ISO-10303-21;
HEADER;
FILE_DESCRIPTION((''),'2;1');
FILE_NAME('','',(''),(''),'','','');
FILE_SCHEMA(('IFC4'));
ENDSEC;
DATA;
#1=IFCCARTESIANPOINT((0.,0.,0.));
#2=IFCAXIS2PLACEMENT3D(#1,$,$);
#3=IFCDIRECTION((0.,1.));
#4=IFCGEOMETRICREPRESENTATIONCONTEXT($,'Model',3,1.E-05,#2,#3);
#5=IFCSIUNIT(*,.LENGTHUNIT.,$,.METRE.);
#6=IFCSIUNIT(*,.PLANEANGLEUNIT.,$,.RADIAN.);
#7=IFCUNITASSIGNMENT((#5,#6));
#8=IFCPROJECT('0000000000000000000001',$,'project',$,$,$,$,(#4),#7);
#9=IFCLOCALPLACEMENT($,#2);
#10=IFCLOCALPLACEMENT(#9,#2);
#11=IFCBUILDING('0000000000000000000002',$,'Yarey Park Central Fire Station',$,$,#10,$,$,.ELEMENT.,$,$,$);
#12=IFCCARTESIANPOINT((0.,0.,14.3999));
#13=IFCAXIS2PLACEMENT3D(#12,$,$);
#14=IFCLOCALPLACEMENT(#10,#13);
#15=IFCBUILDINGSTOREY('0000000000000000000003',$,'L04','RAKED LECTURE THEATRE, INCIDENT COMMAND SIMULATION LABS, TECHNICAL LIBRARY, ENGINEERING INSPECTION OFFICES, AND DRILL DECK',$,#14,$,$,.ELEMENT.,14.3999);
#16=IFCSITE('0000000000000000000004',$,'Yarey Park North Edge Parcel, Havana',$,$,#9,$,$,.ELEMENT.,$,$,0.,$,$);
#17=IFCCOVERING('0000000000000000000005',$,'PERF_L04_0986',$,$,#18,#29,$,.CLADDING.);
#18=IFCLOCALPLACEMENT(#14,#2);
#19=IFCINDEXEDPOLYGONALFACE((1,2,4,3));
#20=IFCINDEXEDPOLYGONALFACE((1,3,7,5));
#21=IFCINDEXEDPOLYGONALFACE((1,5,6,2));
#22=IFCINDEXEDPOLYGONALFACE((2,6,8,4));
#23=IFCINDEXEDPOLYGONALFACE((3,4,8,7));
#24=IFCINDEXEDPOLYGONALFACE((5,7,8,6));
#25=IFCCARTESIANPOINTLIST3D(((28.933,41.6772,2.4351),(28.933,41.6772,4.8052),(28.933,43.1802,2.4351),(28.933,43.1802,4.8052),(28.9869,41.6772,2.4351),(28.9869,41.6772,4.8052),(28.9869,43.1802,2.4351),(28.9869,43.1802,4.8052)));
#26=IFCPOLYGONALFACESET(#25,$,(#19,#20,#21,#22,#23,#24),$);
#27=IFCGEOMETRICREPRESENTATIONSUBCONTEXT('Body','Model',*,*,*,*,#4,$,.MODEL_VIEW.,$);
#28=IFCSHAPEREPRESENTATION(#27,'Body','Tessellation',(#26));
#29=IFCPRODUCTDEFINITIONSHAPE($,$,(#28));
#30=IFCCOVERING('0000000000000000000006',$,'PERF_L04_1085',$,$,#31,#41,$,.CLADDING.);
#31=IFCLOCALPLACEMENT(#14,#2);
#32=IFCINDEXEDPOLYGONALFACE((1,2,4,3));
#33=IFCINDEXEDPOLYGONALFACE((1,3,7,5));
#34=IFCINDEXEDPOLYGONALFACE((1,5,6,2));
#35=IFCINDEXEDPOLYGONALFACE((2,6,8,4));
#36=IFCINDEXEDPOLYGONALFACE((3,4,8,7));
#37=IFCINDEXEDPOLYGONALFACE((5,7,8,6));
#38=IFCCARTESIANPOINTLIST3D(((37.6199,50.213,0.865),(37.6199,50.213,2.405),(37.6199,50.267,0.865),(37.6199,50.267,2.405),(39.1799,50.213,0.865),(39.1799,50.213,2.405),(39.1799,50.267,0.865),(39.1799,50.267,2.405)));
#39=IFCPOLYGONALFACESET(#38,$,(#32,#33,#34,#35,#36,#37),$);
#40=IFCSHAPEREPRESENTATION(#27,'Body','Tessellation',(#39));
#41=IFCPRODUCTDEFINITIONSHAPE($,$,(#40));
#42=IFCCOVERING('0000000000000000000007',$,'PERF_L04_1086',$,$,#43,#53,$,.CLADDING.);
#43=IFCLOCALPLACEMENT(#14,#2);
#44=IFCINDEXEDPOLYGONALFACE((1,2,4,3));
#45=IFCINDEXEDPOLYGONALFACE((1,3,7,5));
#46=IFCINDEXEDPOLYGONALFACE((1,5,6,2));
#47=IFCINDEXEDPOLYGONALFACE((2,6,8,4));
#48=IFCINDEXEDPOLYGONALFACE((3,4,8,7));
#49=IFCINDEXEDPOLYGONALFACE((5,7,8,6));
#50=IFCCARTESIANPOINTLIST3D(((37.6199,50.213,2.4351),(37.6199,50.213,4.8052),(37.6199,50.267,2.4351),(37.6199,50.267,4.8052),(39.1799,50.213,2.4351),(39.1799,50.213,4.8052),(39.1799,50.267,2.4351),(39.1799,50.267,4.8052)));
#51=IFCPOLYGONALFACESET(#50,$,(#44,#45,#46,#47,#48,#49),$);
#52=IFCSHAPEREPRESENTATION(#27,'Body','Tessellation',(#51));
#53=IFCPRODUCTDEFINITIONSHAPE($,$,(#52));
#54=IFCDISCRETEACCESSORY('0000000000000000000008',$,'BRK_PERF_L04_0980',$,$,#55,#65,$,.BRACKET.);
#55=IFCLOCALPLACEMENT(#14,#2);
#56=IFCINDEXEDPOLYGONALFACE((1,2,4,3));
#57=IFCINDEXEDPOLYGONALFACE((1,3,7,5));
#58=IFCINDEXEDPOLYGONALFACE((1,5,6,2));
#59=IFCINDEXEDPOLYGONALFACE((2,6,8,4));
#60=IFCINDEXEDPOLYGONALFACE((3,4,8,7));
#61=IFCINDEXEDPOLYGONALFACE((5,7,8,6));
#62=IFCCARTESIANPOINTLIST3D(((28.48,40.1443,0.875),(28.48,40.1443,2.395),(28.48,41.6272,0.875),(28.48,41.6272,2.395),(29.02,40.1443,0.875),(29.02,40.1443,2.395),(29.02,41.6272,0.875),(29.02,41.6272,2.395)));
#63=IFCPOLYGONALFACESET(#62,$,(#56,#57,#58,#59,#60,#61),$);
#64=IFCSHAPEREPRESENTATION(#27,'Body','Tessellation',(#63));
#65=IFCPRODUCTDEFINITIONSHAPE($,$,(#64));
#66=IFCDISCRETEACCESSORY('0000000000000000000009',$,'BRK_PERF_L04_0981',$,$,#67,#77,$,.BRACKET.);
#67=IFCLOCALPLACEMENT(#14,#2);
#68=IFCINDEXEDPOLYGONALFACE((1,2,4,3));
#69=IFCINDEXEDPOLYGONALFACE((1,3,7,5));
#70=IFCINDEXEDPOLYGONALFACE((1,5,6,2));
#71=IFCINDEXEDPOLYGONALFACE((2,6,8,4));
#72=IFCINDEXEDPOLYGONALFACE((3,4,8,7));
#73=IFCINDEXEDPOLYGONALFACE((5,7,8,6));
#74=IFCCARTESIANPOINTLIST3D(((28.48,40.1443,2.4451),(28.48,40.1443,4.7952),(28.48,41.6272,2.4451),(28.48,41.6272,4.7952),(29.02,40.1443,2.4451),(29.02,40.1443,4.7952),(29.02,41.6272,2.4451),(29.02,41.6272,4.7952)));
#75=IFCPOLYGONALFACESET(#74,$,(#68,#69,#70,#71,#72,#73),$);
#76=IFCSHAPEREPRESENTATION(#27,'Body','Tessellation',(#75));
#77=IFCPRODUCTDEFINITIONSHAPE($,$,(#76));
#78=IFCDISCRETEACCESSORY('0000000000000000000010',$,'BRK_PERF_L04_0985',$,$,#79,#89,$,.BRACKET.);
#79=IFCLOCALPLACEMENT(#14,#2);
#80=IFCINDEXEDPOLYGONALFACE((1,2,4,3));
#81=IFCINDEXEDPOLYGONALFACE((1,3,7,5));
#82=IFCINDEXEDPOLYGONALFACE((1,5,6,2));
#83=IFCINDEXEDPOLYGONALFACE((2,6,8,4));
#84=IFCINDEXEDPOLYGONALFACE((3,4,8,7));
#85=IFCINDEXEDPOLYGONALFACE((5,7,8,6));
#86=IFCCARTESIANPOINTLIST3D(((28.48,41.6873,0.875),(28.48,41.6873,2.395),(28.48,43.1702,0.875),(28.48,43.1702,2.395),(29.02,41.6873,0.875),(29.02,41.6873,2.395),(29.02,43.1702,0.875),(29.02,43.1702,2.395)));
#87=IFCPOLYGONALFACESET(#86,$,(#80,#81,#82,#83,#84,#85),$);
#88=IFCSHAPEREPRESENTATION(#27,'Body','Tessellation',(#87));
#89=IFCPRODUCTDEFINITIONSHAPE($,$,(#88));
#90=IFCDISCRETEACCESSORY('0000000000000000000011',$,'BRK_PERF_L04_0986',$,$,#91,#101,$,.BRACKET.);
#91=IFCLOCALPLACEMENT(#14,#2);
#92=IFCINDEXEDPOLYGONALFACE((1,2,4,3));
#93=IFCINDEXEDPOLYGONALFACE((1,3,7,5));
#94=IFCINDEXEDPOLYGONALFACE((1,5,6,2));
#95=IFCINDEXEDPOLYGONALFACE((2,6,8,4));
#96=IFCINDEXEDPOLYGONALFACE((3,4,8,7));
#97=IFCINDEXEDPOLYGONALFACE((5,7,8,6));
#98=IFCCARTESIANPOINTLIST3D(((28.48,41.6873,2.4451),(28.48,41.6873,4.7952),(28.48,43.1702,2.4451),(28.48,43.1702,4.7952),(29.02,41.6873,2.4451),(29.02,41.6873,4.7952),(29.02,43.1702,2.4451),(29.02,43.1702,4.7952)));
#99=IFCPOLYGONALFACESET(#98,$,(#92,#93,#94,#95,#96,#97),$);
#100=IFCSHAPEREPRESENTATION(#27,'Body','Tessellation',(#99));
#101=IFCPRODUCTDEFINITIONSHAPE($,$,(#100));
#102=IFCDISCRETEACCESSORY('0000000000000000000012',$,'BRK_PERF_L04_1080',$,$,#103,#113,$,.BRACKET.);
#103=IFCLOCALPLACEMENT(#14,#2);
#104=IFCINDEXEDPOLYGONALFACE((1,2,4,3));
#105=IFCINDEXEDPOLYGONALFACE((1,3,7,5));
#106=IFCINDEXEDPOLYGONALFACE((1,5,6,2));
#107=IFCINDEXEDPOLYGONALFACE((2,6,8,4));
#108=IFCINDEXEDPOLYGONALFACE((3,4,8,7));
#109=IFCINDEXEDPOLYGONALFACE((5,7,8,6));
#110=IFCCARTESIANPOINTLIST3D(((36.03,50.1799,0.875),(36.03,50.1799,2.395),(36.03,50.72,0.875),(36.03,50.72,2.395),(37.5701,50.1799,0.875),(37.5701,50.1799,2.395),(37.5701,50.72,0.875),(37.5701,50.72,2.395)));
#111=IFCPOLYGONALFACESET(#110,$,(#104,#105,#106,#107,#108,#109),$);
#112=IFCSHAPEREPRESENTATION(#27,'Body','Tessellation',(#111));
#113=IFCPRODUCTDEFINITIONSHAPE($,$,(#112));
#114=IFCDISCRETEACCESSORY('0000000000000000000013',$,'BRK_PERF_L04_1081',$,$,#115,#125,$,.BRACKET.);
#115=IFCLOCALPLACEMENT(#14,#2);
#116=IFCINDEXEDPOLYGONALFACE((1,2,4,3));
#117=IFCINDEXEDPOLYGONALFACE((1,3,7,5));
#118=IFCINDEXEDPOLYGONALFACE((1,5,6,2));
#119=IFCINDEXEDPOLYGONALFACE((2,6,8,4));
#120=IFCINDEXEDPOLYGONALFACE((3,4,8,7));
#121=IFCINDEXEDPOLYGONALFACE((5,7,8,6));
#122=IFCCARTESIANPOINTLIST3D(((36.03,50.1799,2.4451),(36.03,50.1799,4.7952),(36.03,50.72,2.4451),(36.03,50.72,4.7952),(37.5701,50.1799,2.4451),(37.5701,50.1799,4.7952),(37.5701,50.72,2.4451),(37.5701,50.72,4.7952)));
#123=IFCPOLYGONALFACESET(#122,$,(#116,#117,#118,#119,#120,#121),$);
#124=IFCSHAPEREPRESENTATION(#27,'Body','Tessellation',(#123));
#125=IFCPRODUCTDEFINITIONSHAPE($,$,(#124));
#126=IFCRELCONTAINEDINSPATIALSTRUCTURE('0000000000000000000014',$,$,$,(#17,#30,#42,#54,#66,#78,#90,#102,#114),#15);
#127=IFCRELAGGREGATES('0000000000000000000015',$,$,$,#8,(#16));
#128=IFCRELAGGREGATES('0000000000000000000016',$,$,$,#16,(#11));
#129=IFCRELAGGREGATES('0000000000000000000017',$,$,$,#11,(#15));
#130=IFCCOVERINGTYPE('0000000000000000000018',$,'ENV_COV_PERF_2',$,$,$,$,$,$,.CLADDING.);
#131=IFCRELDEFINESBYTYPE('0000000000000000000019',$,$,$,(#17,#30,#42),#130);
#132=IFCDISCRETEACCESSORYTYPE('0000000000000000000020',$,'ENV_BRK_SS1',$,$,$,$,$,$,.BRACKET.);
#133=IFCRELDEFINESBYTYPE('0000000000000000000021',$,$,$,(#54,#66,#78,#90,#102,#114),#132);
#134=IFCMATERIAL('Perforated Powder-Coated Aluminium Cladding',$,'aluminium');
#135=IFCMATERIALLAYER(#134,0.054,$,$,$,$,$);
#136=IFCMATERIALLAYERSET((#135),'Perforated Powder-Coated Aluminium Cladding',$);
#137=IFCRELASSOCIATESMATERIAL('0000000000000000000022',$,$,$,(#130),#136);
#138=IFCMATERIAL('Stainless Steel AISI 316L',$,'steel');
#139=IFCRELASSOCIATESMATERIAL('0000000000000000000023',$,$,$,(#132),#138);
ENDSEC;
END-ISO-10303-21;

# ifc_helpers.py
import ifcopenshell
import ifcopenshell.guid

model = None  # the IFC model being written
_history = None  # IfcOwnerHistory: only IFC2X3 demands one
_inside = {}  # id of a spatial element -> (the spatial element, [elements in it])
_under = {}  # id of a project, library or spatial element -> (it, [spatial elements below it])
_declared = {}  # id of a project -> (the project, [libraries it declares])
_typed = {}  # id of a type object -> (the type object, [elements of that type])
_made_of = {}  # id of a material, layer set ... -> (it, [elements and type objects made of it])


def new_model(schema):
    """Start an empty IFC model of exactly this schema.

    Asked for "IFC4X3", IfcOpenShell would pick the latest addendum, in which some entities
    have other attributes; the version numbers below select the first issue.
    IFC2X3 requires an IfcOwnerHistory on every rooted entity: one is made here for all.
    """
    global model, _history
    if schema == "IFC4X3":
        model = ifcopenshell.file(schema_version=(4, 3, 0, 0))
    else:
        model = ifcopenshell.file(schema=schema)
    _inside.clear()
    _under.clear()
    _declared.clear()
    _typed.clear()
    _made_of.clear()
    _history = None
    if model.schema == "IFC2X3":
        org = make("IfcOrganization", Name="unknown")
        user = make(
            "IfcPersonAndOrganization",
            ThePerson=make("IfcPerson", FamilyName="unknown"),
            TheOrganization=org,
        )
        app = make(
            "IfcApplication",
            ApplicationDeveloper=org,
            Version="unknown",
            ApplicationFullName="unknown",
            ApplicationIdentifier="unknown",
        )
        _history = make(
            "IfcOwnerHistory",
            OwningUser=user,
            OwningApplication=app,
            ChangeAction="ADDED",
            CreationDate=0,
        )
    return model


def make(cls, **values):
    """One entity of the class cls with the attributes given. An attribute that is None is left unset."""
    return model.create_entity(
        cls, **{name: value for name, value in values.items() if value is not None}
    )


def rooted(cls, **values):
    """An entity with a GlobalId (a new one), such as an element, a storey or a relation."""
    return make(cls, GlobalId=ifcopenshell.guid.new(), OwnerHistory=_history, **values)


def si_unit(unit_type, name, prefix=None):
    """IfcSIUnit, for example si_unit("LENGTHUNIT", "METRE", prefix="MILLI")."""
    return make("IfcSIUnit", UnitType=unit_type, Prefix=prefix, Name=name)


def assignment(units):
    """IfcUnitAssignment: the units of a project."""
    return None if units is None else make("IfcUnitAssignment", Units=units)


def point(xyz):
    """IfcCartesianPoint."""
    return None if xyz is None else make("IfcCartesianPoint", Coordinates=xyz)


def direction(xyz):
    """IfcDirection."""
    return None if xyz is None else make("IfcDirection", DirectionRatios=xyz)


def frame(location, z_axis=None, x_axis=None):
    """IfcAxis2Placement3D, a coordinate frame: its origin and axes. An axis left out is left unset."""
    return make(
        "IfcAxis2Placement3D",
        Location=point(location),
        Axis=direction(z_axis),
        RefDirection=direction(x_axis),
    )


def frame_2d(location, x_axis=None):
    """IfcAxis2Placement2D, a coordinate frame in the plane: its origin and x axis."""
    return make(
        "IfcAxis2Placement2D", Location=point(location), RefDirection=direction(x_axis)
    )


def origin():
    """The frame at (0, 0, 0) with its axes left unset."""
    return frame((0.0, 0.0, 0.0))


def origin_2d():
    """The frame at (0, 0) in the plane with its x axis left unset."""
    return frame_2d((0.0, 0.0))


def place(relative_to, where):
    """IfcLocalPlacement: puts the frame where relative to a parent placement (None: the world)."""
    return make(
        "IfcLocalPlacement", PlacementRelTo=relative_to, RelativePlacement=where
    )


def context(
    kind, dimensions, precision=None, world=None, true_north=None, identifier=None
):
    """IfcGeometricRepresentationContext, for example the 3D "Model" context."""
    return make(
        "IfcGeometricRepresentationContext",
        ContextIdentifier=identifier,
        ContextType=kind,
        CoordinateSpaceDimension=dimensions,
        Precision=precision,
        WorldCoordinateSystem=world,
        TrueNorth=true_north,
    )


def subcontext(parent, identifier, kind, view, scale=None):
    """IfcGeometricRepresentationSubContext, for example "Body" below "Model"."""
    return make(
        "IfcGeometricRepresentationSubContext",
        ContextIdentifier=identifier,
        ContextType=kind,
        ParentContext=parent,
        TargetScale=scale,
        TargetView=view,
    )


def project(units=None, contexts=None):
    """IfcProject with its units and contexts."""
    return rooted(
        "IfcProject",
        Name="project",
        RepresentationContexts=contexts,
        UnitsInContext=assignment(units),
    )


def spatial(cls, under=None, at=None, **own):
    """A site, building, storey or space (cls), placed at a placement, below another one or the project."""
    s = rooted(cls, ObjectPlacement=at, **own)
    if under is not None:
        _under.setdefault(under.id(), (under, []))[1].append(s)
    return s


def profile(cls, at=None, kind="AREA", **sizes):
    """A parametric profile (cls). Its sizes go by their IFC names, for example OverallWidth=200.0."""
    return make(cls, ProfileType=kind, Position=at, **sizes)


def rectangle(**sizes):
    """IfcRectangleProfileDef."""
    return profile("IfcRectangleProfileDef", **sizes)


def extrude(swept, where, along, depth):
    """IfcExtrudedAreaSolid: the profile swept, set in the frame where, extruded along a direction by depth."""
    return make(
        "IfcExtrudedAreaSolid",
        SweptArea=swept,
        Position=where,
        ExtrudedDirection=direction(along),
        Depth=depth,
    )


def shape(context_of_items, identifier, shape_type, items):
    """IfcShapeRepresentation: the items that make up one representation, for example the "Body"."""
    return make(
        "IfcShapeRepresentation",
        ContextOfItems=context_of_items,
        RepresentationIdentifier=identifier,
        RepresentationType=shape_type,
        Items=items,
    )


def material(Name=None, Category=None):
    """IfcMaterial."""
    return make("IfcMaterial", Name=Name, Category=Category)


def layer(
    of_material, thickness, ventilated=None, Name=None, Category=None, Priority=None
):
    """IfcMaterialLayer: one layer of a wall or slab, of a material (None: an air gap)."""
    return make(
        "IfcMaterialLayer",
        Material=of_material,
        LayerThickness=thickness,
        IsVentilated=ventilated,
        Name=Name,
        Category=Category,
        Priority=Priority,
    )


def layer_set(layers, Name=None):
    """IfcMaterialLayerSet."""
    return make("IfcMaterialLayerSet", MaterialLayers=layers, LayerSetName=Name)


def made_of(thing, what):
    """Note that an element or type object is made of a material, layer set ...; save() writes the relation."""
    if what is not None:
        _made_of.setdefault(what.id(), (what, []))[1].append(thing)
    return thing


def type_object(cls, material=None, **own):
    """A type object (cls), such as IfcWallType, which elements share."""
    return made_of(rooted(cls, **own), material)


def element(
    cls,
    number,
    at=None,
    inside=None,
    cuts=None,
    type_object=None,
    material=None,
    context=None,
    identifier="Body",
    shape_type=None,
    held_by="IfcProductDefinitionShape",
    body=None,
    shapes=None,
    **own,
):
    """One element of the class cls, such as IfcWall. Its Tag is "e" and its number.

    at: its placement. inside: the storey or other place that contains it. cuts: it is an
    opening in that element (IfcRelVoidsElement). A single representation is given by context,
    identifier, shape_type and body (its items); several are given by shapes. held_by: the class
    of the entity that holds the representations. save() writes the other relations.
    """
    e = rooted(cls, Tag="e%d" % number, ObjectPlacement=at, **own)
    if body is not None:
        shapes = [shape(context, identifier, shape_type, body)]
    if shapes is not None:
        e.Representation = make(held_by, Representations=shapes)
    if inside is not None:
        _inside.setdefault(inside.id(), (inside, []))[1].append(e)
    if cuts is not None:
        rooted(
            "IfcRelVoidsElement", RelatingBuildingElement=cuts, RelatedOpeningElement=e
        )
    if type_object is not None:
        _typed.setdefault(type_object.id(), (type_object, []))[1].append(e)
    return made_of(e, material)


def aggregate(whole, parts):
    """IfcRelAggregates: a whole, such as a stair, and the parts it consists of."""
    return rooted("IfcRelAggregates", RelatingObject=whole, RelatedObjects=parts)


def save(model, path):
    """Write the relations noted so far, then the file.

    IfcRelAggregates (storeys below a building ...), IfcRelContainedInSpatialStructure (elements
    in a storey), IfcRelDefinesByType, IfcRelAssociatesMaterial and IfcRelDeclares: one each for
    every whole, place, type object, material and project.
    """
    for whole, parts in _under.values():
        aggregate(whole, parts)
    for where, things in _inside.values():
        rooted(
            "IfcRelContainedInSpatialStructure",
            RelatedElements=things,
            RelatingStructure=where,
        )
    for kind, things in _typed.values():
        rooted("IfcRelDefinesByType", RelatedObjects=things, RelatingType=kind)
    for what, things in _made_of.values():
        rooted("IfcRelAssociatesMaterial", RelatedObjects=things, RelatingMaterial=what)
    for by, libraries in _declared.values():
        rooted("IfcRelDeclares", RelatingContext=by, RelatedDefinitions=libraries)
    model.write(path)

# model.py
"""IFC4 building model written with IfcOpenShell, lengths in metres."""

from ifc_helpers import new_model, si_unit, direction, frame, origin, origin_2d, place, context, subcontext, project, spatial, rectangle, extrude, material, layer, layer_set, type_object, element, save


model = new_model("IFC4")

# Units and contexts
model_context = context("Model", 3, precision=1e-05, world=origin(), true_north=direction((0.0, 1.0)))
body_context = subcontext(model_context, "Body", "Model", "MODEL_VIEW")
ifc_project = project(units=[si_unit("LENGTHUNIT", "METRE"), si_unit("PLANEANGLEUNIT", "RADIAN")], contexts=[model_context])

# Site, building, storey
site_placement = place(None, origin())
site = spatial("IfcSite", under=ifc_project, at=site_placement, Name="Yarey Park North Edge Parcel, Havana", CompositionType="ELEMENT", RefElevation=0.0)
building_placement = place(site_placement, origin())
building = spatial("IfcBuilding", under=site, at=building_placement, Name="Yarey Park Central Fire Station", CompositionType="ELEMENT")
storey_placement = place(building_placement, frame((0.0, 0.0, 14.3999)))
storey = spatial("IfcBuildingStorey", under=building, at=storey_placement, Name="L04", Description="RAKED LECTURE THEATRE, INCIDENT COMMAND SIMULATION LABS, TECHNICAL LIBRARY, ENGINEERING INSPECTION OFFICES, AND DRILL DECK", CompositionType="ELEMENT", Elevation=14.3999)

# Coverings
ifc_material_1 = material(Name="Perforated Powder-Coated Aluminium Cladding", Category="aluminium")
ifc_layer_1 = layer(ifc_material_1, 0.054)
ifc_layer_set_1 = layer_set([ifc_layer_1], Name="Perforated Powder-Coated Aluminium Cladding")
covering_type_1 = type_object("IfcCoveringType", Name="ENV_COV_PERF_2", PredefinedType="CLADDING", material=ifc_layer_set_1)
covering_1_placement = place(storey_placement, frame((28.96, 42.4287, 2.4351), z_axis=(0.0, 0.0, 1.0), x_axis=(0.0, 1.0, 0.0)))
element("IfcCovering", 1, at=covering_1_placement, inside=storey, type_object=covering_type_1, Name="PERF_L04_0986", PredefinedType="CLADDING", context=body_context, shape_type="SweptSolid", body=[
    extrude(rectangle(XDim=1.5029, YDim=0.054, at=origin_2d()), origin(), (0.0, 0.0, 1.0), 2.3701),
])
covering_2_placement = place(storey_placement, frame((38.3999, 50.24, 0.865), z_axis=(0.0, 0.0, 1.0), x_axis=(1.0, 0.0, 0.0)))
element("IfcCovering", 2, at=covering_2_placement, inside=storey, type_object=covering_type_1, Name="PERF_L04_1085", PredefinedType="CLADDING", context=body_context, shape_type="SweptSolid", body=[
    extrude(rectangle(XDim=1.5601, YDim=0.054, at=origin_2d()), origin(), (0.0, 0.0, 1.0), 1.54),
])
covering_3_placement = place(storey_placement, frame((38.3999, 50.24, 2.4351), z_axis=(0.0, 0.0, 1.0), x_axis=(1.0, 0.0, 0.0)))
element("IfcCovering", 3, at=covering_3_placement, inside=storey, type_object=covering_type_1, Name="PERF_L04_1086", PredefinedType="CLADDING", context=body_context, shape_type="SweptSolid", body=[
    extrude(rectangle(XDim=1.5601, YDim=0.054, at=origin_2d()), origin(), (0.0, 0.0, 1.0), 2.3701),
])

# Discrete accessories
ifc_material_2 = material(Name="Stainless Steel AISI 316L", Category="steel")
discrete_accessory_type = type_object("IfcDiscreteAccessoryType", Name="ENV_BRK_SS1", PredefinedType="BRACKET", material=ifc_material_2)
discrete_accessory_1_placement = place(storey_placement, frame((28.75, 40.8857, 0.875), z_axis=(0.0, 0.0, 1.0), x_axis=(1.0, 0.0, 0.0)))
element("IfcDiscreteAccessory", 4, at=discrete_accessory_1_placement, inside=storey, type_object=discrete_accessory_type, Name="BRK_PERF_L04_0980", PredefinedType="BRACKET", context=body_context, shape_type="SweptSolid", body=[
    extrude(rectangle(XDim=0.54, YDim=1.4829, at=origin_2d()), origin(), (0.0, 0.0, 1.0), 1.52),
])
discrete_accessory_2_placement = place(storey_placement, frame((28.75, 40.8857, 2.4451), z_axis=(0.0, 0.0, 1.0), x_axis=(1.0, 0.0, 0.0)))
element("IfcDiscreteAccessory", 5, at=discrete_accessory_2_placement, inside=storey, type_object=discrete_accessory_type, Name="BRK_PERF_L04_0981", PredefinedType="BRACKET", context=body_context, shape_type="SweptSolid", body=[
    extrude(rectangle(XDim=0.54, YDim=1.4829, at=origin_2d()), origin(), (0.0, 0.0, 1.0), 2.3501),
])
discrete_accessory_3_placement = place(storey_placement, frame((28.75, 42.4287, 0.875), z_axis=(0.0, 0.0, 1.0), x_axis=(1.0, 0.0, 0.0)))
element("IfcDiscreteAccessory", 6, at=discrete_accessory_3_placement, inside=storey, type_object=discrete_accessory_type, Name="BRK_PERF_L04_0985", PredefinedType="BRACKET", context=body_context, shape_type="SweptSolid", body=[
    extrude(rectangle(XDim=0.54, YDim=1.4829, at=origin_2d()), origin(), (0.0, 0.0, 1.0), 1.52),
])
discrete_accessory_4_placement = place(storey_placement, frame((28.75, 42.4287, 2.4451), z_axis=(0.0, 0.0, 1.0), x_axis=(1.0, 0.0, 0.0)))
element("IfcDiscreteAccessory", 7, at=discrete_accessory_4_placement, inside=storey, type_object=discrete_accessory_type, Name="BRK_PERF_L04_0986", PredefinedType="BRACKET", context=body_context, shape_type="SweptSolid", body=[
    extrude(rectangle(XDim=0.54, YDim=1.4829, at=origin_2d()), origin(), (0.0, 0.0, 1.0), 2.3501),
])
discrete_accessory_5_placement = place(storey_placement, frame((36.8, 50.45, 0.875), z_axis=(0.0, 0.0, 1.0), x_axis=(1.0, 0.0, 0.0)))
element("IfcDiscreteAccessory", 8, at=discrete_accessory_5_placement, inside=storey, type_object=discrete_accessory_type, Name="BRK_PERF_L04_1080", PredefinedType="BRACKET", context=body_context, shape_type="SweptSolid", body=[
    extrude(rectangle(XDim=1.54, YDim=0.54, at=origin_2d()), origin(), (0.0, 0.0, 1.0), 1.52),
])
discrete_accessory_6_placement = place(storey_placement, frame((36.8, 50.45, 2.4451), z_axis=(0.0, 0.0, 1.0), x_axis=(1.0, 0.0, 0.0)))
element("IfcDiscreteAccessory", 9, at=discrete_accessory_6_placement, inside=storey, type_object=discrete_accessory_type, Name="BRK_PERF_L04_1081", PredefinedType="BRACKET", context=body_context, shape_type="SweptSolid", body=[
    extrude(rectangle(XDim=1.54, YDim=0.54, at=origin_2d()), origin(), (0.0, 0.0, 1.0), 2.3501),
])

save(model, "model.ifc")
